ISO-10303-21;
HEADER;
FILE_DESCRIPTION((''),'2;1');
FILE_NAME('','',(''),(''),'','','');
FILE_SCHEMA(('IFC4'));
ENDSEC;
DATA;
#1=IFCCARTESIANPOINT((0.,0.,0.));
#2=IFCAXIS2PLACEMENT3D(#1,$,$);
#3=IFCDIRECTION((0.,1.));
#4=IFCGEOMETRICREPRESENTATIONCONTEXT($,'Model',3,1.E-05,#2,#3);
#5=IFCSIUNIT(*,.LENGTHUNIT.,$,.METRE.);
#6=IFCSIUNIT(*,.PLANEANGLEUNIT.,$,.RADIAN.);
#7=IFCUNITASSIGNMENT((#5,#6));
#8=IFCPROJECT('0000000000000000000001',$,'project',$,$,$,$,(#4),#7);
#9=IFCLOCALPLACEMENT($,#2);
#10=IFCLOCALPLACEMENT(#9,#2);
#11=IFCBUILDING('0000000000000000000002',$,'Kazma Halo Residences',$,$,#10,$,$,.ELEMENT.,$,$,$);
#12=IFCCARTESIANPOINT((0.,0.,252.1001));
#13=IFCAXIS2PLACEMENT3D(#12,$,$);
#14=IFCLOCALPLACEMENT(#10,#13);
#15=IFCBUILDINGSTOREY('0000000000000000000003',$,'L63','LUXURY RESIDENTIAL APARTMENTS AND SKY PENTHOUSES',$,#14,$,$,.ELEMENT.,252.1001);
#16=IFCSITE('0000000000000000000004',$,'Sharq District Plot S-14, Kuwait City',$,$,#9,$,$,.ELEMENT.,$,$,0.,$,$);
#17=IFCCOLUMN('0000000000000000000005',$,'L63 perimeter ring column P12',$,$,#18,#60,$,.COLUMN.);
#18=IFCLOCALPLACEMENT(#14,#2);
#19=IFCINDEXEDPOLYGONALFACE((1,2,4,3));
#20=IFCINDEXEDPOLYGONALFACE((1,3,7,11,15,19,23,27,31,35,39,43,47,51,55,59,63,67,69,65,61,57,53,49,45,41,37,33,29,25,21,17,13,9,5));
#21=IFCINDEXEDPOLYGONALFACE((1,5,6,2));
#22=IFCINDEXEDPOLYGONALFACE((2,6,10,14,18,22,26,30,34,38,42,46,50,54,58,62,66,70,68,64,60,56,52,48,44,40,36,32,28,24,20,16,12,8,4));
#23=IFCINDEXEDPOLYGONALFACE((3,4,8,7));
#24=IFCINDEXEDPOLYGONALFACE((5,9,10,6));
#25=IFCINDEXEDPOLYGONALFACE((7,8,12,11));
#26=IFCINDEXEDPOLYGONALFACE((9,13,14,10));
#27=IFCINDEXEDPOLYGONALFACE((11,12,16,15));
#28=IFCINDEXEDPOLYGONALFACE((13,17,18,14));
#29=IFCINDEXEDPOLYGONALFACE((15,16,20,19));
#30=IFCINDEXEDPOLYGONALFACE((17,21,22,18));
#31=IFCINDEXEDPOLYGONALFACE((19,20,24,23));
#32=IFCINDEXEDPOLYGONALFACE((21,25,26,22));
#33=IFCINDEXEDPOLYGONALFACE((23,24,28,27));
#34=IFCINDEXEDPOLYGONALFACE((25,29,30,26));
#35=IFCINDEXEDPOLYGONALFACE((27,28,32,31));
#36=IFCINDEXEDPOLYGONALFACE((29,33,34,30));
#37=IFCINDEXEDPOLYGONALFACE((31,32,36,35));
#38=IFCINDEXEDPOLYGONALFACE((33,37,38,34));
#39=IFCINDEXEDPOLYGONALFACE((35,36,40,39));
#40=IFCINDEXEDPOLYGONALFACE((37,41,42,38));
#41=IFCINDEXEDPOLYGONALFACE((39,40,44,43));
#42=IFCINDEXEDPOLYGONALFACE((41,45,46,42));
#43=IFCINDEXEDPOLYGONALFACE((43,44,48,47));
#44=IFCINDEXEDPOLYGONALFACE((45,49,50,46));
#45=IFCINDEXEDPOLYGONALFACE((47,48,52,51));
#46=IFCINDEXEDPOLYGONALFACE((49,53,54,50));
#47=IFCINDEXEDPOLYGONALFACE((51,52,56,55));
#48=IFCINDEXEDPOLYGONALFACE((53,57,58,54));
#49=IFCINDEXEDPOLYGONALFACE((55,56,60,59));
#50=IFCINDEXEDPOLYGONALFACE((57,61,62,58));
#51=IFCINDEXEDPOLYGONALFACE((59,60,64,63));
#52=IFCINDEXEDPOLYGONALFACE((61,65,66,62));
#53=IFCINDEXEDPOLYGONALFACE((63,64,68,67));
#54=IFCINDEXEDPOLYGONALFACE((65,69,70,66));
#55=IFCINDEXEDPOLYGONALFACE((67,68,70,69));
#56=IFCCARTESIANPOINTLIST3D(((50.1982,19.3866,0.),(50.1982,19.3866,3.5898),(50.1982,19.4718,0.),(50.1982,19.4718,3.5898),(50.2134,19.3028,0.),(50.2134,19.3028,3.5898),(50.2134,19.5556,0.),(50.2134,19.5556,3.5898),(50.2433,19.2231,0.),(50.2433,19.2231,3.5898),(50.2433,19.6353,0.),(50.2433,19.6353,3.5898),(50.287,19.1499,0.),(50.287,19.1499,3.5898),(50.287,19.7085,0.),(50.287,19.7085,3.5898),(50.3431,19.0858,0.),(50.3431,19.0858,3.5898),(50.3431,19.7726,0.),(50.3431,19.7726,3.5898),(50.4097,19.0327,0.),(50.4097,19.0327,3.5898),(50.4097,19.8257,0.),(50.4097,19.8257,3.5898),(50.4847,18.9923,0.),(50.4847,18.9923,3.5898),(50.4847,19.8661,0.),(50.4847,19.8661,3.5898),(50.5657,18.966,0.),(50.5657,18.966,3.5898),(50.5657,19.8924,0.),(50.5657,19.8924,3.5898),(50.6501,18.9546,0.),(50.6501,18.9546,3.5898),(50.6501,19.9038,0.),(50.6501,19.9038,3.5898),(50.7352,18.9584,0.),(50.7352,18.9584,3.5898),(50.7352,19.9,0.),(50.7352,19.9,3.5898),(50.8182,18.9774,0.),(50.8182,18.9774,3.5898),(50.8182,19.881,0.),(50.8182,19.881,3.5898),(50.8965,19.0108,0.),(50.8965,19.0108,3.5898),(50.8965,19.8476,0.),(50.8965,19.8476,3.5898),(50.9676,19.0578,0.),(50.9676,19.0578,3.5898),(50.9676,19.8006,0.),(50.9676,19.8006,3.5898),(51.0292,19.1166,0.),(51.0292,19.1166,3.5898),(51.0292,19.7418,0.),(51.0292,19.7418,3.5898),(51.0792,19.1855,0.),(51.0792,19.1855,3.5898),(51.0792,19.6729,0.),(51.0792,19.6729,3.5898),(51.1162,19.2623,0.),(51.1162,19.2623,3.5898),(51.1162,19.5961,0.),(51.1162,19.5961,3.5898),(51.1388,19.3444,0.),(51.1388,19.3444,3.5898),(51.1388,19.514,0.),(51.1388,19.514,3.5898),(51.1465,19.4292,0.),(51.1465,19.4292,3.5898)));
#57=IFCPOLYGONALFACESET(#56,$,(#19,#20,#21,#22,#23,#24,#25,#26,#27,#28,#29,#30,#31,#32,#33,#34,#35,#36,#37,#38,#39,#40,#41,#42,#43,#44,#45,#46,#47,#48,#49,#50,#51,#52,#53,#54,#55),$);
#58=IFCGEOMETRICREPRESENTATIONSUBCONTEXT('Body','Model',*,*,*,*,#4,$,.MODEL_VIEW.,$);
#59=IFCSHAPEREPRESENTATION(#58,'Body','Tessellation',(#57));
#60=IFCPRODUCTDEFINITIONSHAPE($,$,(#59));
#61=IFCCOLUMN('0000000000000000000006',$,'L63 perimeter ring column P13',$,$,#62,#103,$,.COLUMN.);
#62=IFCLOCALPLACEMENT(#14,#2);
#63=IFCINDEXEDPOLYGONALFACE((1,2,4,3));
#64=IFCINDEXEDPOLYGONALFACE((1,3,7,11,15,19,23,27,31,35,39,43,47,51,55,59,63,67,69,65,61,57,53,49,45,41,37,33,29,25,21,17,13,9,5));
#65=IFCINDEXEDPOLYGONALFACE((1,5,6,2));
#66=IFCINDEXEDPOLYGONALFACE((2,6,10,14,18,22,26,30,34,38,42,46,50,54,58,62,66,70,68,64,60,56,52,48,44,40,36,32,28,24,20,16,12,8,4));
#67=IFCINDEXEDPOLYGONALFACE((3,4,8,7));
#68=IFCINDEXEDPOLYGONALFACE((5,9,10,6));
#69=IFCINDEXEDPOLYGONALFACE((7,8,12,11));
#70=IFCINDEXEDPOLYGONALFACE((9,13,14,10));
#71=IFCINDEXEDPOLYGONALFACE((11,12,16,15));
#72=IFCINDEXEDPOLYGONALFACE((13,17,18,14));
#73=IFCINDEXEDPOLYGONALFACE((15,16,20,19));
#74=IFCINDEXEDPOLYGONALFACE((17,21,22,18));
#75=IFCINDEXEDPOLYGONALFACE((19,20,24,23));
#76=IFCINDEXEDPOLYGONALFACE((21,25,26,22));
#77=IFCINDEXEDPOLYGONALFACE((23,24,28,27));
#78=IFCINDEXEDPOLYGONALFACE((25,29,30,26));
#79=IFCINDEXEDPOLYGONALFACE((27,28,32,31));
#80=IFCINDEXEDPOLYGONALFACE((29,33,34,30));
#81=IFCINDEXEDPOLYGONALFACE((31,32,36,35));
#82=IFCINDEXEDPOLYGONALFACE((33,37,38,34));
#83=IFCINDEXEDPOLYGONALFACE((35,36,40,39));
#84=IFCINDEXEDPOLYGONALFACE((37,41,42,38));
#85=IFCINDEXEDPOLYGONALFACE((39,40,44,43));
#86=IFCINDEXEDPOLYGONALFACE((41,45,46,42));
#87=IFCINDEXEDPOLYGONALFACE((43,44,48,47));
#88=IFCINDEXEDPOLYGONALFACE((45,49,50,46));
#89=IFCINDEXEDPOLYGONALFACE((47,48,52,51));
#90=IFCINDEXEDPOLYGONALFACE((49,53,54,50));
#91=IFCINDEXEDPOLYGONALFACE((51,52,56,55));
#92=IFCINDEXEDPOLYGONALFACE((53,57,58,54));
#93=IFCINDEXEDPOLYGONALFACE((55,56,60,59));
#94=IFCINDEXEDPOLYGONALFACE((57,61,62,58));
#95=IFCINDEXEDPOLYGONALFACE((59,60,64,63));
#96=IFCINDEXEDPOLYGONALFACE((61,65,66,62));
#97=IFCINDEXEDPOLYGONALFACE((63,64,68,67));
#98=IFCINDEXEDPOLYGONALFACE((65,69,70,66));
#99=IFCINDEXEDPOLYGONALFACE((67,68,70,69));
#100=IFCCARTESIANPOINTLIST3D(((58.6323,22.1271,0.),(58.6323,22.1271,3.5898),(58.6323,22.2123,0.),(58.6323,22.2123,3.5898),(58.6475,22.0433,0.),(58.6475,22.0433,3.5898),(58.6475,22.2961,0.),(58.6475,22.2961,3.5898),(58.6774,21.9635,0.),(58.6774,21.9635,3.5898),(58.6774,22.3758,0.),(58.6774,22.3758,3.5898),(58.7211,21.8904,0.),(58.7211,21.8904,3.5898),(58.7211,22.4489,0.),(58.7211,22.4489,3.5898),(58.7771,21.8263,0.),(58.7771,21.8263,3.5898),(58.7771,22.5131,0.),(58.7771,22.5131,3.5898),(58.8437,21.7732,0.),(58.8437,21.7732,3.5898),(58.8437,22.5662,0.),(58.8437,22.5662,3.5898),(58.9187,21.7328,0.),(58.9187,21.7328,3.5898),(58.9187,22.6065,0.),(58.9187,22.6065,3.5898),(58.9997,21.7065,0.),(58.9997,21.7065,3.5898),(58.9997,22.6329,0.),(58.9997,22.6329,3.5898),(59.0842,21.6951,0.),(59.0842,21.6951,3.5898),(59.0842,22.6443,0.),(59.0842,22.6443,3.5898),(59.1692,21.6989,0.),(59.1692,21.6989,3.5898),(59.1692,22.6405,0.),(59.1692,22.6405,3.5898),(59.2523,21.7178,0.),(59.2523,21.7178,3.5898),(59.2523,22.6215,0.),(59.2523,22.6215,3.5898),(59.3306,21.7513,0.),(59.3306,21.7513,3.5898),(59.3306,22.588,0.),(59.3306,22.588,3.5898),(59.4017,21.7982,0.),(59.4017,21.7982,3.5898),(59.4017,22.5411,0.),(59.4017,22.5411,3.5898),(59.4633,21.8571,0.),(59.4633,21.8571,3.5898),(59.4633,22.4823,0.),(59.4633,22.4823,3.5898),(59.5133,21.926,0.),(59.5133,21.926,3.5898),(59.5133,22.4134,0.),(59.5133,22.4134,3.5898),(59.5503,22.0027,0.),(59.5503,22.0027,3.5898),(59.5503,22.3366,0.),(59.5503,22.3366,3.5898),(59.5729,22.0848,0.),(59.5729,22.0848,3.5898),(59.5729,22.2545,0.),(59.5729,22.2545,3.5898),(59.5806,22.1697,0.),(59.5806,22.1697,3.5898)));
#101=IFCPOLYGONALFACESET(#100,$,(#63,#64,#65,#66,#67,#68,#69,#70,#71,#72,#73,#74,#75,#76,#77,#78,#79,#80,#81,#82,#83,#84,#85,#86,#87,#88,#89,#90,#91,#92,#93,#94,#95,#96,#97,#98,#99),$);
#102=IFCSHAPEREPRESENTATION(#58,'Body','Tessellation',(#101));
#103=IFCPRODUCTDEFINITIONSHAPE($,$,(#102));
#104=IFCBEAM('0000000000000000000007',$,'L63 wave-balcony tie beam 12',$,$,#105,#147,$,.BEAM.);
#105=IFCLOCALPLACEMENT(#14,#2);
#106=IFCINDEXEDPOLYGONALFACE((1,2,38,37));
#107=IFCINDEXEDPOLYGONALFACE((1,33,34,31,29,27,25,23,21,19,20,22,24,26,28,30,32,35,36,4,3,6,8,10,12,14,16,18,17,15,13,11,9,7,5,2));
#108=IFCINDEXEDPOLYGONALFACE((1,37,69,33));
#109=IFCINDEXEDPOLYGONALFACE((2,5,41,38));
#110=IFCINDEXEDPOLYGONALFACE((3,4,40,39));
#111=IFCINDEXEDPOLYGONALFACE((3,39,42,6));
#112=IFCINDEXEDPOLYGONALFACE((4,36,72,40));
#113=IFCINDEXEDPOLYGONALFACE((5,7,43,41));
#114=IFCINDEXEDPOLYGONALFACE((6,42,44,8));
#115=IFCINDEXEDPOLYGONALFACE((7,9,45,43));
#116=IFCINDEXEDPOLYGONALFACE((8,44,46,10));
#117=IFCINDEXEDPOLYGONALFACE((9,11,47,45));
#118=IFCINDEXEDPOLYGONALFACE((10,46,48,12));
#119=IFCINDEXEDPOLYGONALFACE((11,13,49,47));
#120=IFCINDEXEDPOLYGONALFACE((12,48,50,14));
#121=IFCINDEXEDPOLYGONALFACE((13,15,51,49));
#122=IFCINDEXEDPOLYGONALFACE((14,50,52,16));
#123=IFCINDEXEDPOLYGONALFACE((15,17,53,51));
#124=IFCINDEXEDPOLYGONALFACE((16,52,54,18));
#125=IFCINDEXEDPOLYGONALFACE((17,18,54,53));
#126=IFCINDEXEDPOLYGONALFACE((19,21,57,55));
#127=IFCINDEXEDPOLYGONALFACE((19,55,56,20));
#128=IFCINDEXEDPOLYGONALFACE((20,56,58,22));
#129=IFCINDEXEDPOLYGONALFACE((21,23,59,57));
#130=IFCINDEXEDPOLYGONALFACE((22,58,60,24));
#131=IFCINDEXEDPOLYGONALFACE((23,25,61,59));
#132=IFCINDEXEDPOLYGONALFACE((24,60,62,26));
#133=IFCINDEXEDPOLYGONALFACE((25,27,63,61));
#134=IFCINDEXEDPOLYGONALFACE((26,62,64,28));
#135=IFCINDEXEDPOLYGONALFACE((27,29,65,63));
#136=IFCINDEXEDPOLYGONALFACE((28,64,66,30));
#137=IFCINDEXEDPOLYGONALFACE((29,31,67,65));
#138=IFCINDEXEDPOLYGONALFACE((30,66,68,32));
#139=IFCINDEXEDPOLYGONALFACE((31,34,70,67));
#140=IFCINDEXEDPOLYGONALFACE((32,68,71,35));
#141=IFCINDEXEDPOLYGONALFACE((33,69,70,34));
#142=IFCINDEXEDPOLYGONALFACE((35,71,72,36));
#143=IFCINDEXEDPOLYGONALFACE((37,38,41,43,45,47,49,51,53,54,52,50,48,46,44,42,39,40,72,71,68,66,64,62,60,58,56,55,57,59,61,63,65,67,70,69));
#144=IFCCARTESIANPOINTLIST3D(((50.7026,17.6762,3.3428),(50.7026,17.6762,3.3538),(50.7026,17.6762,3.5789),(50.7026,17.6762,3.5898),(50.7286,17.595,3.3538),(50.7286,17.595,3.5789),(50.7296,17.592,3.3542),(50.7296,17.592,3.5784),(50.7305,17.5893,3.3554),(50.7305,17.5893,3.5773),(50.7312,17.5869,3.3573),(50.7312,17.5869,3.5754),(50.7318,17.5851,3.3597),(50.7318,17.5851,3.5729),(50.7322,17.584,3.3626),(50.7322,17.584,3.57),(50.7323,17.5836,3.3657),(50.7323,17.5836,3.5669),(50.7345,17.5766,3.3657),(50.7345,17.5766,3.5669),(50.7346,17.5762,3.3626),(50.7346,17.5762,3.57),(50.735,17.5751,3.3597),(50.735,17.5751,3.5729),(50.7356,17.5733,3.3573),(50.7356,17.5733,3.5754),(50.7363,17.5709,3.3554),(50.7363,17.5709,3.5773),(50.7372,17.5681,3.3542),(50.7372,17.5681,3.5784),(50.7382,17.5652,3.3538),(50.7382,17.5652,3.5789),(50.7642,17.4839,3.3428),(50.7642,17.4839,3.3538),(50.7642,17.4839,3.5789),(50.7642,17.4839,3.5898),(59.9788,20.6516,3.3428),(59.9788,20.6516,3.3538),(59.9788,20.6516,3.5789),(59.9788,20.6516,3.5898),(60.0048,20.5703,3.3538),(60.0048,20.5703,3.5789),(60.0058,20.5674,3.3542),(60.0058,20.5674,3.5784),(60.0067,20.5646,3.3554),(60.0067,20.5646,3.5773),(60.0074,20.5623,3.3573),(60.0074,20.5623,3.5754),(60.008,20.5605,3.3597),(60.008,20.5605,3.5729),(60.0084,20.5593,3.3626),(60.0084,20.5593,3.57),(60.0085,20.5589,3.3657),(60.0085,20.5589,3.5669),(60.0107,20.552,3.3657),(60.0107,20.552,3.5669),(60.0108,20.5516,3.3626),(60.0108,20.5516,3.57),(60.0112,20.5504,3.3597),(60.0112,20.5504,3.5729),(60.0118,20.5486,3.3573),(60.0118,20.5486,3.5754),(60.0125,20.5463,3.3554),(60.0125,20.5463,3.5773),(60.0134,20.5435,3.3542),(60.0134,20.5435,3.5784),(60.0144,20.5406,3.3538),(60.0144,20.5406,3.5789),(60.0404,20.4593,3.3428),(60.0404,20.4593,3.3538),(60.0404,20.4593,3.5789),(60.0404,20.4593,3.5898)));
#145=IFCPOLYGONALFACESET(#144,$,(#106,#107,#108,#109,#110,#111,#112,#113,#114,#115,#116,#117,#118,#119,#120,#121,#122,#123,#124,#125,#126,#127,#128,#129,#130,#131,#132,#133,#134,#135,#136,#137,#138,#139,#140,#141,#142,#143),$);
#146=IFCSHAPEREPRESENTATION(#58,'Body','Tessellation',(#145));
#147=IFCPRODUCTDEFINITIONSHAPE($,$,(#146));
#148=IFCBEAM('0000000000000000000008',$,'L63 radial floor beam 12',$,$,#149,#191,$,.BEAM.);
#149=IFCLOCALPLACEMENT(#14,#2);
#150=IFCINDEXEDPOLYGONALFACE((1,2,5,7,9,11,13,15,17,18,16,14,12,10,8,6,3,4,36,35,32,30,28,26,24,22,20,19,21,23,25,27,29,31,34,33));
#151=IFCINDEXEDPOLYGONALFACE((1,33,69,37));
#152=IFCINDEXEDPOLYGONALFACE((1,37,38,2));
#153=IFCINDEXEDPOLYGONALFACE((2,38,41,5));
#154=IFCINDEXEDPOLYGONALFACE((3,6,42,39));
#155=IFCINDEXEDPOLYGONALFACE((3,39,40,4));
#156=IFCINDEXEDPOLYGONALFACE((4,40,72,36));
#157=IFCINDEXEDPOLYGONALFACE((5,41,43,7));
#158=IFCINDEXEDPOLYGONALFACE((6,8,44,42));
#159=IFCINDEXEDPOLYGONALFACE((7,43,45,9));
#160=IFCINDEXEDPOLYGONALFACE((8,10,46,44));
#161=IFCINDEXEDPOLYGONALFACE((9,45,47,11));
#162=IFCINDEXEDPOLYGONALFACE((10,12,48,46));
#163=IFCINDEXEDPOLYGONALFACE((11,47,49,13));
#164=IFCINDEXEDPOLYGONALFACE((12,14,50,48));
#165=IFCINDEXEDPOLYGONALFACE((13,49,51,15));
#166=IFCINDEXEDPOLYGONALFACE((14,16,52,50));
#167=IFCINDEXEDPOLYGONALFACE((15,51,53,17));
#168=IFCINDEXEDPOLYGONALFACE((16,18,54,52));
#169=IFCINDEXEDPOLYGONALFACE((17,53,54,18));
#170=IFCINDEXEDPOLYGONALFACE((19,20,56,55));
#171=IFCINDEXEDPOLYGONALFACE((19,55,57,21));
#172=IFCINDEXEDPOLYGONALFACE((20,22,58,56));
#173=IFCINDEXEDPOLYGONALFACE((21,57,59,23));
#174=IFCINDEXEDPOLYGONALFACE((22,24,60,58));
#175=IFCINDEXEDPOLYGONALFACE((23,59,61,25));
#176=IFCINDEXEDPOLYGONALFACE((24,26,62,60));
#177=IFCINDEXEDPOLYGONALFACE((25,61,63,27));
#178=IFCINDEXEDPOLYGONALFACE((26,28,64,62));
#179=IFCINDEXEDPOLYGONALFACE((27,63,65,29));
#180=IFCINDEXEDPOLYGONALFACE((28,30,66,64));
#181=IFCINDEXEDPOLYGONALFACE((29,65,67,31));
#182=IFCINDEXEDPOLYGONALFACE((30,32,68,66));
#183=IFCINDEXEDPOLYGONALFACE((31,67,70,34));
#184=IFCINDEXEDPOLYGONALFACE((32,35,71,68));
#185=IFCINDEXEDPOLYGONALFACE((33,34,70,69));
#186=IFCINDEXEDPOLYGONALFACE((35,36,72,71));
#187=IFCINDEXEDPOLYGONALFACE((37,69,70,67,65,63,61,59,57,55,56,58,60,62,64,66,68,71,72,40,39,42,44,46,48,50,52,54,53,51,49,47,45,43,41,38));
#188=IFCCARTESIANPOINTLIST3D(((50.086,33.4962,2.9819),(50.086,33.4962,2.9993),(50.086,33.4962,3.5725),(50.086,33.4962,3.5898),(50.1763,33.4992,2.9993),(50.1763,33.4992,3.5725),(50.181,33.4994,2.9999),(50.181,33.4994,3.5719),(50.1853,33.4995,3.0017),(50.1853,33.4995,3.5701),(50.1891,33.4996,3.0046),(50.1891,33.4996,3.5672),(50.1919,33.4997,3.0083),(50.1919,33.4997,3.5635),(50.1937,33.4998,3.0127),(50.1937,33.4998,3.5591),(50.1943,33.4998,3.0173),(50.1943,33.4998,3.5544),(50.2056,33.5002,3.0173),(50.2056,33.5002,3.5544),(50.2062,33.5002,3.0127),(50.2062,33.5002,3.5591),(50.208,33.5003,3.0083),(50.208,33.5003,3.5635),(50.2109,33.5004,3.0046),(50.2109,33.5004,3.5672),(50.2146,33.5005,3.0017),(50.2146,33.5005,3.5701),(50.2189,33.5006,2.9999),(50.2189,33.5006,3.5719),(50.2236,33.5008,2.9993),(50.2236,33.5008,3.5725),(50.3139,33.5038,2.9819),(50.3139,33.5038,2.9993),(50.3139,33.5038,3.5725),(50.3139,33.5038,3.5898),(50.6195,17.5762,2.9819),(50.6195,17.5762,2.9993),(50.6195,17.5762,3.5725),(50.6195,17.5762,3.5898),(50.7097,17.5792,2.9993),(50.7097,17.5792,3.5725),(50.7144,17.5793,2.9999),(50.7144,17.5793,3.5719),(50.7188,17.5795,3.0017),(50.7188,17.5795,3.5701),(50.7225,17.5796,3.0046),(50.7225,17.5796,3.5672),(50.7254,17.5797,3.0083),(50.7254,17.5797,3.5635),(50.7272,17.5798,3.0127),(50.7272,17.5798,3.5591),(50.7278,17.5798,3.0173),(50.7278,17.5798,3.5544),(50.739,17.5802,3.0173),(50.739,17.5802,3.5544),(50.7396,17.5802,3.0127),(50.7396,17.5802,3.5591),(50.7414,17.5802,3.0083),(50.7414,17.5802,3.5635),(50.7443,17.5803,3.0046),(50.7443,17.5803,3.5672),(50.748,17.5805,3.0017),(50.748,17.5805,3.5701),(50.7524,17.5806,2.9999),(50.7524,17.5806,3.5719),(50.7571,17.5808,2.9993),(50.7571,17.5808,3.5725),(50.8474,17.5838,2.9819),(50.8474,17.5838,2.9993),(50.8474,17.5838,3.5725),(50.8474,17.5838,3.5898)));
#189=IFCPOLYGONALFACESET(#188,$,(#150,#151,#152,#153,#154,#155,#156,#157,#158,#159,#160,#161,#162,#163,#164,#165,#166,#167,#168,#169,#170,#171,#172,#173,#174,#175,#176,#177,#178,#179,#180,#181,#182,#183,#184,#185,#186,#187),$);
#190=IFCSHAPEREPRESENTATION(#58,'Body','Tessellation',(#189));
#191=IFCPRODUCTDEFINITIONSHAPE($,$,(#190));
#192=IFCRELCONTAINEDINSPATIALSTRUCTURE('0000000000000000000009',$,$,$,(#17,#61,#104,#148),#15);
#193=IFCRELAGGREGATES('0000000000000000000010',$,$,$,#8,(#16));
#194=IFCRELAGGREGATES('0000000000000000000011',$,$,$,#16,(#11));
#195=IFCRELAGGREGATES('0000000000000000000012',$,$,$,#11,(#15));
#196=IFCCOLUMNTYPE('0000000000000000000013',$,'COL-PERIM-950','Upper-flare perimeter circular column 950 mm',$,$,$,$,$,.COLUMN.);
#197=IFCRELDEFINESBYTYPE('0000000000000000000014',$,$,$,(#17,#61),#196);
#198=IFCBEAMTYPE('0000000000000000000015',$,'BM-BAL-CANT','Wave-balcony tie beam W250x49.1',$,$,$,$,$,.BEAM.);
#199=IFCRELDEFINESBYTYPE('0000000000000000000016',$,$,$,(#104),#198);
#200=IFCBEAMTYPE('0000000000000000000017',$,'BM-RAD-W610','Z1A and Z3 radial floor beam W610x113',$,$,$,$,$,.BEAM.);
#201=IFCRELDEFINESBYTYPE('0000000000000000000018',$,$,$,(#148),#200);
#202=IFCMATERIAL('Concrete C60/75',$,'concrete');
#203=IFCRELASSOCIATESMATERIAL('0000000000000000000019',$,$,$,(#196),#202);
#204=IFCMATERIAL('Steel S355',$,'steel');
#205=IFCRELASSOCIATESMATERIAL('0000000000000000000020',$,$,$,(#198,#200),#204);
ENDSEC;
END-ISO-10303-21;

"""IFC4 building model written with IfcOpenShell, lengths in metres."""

from ifc_helpers import new_model, si_unit, direction, frame, origin, origin_2d, place, context, subcontext, project, spatial, circle, i_section, extrude, material, material_profile, profile_set, type_object, element, save


model = new_model("IFC4")

# Units and contexts
model_context = context("Model", 3, precision=1e-05, world=origin(), true_north=direction((0.0, 1.0)))
body_context = subcontext(model_context, "Body", "Model", "MODEL_VIEW")
ifc_project = project(units=[si_unit("LENGTHUNIT", "METRE"), si_unit("PLANEANGLEUNIT", "RADIAN")], contexts=[model_context])

# Site, building, storey
site_placement = place(None, origin())
site = spatial("IfcSite", under=ifc_project, at=site_placement, Name="Sharq District Plot S-14, Kuwait City", CompositionType="ELEMENT", RefElevation=0.0)
building_placement = place(site_placement, origin())
building = spatial("IfcBuilding", under=site, at=building_placement, Name="Kazma Halo Residences", CompositionType="ELEMENT")
storey_placement = place(building_placement, frame((0.0, 0.0, 252.1001)))
storey = spatial("IfcBuildingStorey", under=building, at=storey_placement, Name="L63", Description="LUXURY RESIDENTIAL APARTMENTS AND SKY PENTHOUSES", CompositionType="ELEMENT", Elevation=252.1001)

# Columns
ifc_material_1 = material(Name="Concrete C60/75", Category="concrete")
ifc_material_profile_1 = material_profile(ifc_material_1, circle(Radius=0.4751, at=origin_2d()), Name="CIRC950")
ifc_profile_set_1 = profile_set([ifc_material_profile_1], Name="Concrete C60/75")
column_type = type_object("IfcColumnType", Name="COL-PERIM-950", Description="Upper-flare perimeter circular column 950 mm", PredefinedType="COLUMN", material=ifc_profile_set_1)
for number, where, z_axis, x_axis, name in (
    (1, (50.6714, 19.4292, 0.0), (0.0, 0.0, 1.0), (1.0, 0.0, 0.0), "L63 perimeter ring column P12"),
    (2, (59.1055, 22.1697, 0.0), (0.0, 0.0, 1.0), (1.0, 0.0, 0.0), "L63 perimeter ring column P13"),
):
    element("IfcColumn", number, at=place(storey_placement, frame(where, z_axis=z_axis, x_axis=x_axis)), inside=storey, type_object=column_type, Name=name, PredefinedType="COLUMN", context=body_context, shape_type="SweptSolid", body=[
        extrude(circle(Radius=0.4751, at=origin_2d()), origin(), (0.0, 0.0, 1.0), 3.5898),
    ])

# Beams
ifc_material_2 = material(Name="Steel S355", Category="steel")
ifc_material_profile_2 = material_profile(ifc_material_2, i_section(OverallWidth=0.2019, OverallDepth=0.2471, WebThickness=0.0073, FlangeThickness=0.011, FilletRadius=0.012, at=origin_2d()), Name="W250x49.1")
ifc_profile_set_2 = profile_set([ifc_material_profile_2], Name="Steel S355")
beam_type_1 = type_object("IfcBeamType", Name="BM-BAL-CANT", Description="Wave-balcony tie beam W250x49.1", PredefinedType="BEAM", material=ifc_profile_set_2)
beam_1_placement = place(storey_placement, frame((50.7334, 17.5801, 3.4663), z_axis=(0.952216, 0.305426, 0.0), x_axis=(-0.305426, 0.952216, 0.0)))
element("IfcBeam", 3, at=beam_1_placement, inside=storey, type_object=beam_type_1, Name="L63 wave-balcony tie beam 12", PredefinedType="BEAM", context=body_context, shape_type="SweptSolid", body=[
    extrude(i_section(OverallWidth=0.2019, OverallDepth=0.2471, WebThickness=0.0073, FlangeThickness=0.011, FilletRadius=0.012, at=origin_2d()), origin(), (0.0, 0.0, 1.0), 9.7417),
])
ifc_material_profile_3 = material_profile(ifc_material_2, i_section(OverallWidth=0.228, OverallDepth=0.6079, WebThickness=0.0112, FlangeThickness=0.0173, FilletRadius=0.0181, at=origin_2d()), Name="W610x113")
ifc_profile_set_3 = profile_set([ifc_material_profile_3], Name="Steel S355")
beam_type_2 = type_object("IfcBeamType", Name="BM-RAD-W610", Description="Z1A and Z3 radial floor beam W610x113", PredefinedType="BEAM", material=ifc_profile_set_3)
beam_2_placement = place(storey_placement, frame((50.2, 33.5, 3.2859), z_axis=(0.033489, -0.999439, 0.0), x_axis=(0.999439, 0.033489, 0.0)))
element("IfcBeam", 4, at=beam_2_placement, inside=storey, type_object=beam_type_2, Name="L63 radial floor beam 12", PredefinedType="BEAM", context=body_context, shape_type="SweptSolid", body=[
    extrude(i_section(OverallWidth=0.228, OverallDepth=0.6079, WebThickness=0.0112, FlangeThickness=0.0173, FilletRadius=0.0181, at=origin_2d()), origin(), (0.0, 0.0, 1.0), 15.929),
])

save(model, "model.ifc")
